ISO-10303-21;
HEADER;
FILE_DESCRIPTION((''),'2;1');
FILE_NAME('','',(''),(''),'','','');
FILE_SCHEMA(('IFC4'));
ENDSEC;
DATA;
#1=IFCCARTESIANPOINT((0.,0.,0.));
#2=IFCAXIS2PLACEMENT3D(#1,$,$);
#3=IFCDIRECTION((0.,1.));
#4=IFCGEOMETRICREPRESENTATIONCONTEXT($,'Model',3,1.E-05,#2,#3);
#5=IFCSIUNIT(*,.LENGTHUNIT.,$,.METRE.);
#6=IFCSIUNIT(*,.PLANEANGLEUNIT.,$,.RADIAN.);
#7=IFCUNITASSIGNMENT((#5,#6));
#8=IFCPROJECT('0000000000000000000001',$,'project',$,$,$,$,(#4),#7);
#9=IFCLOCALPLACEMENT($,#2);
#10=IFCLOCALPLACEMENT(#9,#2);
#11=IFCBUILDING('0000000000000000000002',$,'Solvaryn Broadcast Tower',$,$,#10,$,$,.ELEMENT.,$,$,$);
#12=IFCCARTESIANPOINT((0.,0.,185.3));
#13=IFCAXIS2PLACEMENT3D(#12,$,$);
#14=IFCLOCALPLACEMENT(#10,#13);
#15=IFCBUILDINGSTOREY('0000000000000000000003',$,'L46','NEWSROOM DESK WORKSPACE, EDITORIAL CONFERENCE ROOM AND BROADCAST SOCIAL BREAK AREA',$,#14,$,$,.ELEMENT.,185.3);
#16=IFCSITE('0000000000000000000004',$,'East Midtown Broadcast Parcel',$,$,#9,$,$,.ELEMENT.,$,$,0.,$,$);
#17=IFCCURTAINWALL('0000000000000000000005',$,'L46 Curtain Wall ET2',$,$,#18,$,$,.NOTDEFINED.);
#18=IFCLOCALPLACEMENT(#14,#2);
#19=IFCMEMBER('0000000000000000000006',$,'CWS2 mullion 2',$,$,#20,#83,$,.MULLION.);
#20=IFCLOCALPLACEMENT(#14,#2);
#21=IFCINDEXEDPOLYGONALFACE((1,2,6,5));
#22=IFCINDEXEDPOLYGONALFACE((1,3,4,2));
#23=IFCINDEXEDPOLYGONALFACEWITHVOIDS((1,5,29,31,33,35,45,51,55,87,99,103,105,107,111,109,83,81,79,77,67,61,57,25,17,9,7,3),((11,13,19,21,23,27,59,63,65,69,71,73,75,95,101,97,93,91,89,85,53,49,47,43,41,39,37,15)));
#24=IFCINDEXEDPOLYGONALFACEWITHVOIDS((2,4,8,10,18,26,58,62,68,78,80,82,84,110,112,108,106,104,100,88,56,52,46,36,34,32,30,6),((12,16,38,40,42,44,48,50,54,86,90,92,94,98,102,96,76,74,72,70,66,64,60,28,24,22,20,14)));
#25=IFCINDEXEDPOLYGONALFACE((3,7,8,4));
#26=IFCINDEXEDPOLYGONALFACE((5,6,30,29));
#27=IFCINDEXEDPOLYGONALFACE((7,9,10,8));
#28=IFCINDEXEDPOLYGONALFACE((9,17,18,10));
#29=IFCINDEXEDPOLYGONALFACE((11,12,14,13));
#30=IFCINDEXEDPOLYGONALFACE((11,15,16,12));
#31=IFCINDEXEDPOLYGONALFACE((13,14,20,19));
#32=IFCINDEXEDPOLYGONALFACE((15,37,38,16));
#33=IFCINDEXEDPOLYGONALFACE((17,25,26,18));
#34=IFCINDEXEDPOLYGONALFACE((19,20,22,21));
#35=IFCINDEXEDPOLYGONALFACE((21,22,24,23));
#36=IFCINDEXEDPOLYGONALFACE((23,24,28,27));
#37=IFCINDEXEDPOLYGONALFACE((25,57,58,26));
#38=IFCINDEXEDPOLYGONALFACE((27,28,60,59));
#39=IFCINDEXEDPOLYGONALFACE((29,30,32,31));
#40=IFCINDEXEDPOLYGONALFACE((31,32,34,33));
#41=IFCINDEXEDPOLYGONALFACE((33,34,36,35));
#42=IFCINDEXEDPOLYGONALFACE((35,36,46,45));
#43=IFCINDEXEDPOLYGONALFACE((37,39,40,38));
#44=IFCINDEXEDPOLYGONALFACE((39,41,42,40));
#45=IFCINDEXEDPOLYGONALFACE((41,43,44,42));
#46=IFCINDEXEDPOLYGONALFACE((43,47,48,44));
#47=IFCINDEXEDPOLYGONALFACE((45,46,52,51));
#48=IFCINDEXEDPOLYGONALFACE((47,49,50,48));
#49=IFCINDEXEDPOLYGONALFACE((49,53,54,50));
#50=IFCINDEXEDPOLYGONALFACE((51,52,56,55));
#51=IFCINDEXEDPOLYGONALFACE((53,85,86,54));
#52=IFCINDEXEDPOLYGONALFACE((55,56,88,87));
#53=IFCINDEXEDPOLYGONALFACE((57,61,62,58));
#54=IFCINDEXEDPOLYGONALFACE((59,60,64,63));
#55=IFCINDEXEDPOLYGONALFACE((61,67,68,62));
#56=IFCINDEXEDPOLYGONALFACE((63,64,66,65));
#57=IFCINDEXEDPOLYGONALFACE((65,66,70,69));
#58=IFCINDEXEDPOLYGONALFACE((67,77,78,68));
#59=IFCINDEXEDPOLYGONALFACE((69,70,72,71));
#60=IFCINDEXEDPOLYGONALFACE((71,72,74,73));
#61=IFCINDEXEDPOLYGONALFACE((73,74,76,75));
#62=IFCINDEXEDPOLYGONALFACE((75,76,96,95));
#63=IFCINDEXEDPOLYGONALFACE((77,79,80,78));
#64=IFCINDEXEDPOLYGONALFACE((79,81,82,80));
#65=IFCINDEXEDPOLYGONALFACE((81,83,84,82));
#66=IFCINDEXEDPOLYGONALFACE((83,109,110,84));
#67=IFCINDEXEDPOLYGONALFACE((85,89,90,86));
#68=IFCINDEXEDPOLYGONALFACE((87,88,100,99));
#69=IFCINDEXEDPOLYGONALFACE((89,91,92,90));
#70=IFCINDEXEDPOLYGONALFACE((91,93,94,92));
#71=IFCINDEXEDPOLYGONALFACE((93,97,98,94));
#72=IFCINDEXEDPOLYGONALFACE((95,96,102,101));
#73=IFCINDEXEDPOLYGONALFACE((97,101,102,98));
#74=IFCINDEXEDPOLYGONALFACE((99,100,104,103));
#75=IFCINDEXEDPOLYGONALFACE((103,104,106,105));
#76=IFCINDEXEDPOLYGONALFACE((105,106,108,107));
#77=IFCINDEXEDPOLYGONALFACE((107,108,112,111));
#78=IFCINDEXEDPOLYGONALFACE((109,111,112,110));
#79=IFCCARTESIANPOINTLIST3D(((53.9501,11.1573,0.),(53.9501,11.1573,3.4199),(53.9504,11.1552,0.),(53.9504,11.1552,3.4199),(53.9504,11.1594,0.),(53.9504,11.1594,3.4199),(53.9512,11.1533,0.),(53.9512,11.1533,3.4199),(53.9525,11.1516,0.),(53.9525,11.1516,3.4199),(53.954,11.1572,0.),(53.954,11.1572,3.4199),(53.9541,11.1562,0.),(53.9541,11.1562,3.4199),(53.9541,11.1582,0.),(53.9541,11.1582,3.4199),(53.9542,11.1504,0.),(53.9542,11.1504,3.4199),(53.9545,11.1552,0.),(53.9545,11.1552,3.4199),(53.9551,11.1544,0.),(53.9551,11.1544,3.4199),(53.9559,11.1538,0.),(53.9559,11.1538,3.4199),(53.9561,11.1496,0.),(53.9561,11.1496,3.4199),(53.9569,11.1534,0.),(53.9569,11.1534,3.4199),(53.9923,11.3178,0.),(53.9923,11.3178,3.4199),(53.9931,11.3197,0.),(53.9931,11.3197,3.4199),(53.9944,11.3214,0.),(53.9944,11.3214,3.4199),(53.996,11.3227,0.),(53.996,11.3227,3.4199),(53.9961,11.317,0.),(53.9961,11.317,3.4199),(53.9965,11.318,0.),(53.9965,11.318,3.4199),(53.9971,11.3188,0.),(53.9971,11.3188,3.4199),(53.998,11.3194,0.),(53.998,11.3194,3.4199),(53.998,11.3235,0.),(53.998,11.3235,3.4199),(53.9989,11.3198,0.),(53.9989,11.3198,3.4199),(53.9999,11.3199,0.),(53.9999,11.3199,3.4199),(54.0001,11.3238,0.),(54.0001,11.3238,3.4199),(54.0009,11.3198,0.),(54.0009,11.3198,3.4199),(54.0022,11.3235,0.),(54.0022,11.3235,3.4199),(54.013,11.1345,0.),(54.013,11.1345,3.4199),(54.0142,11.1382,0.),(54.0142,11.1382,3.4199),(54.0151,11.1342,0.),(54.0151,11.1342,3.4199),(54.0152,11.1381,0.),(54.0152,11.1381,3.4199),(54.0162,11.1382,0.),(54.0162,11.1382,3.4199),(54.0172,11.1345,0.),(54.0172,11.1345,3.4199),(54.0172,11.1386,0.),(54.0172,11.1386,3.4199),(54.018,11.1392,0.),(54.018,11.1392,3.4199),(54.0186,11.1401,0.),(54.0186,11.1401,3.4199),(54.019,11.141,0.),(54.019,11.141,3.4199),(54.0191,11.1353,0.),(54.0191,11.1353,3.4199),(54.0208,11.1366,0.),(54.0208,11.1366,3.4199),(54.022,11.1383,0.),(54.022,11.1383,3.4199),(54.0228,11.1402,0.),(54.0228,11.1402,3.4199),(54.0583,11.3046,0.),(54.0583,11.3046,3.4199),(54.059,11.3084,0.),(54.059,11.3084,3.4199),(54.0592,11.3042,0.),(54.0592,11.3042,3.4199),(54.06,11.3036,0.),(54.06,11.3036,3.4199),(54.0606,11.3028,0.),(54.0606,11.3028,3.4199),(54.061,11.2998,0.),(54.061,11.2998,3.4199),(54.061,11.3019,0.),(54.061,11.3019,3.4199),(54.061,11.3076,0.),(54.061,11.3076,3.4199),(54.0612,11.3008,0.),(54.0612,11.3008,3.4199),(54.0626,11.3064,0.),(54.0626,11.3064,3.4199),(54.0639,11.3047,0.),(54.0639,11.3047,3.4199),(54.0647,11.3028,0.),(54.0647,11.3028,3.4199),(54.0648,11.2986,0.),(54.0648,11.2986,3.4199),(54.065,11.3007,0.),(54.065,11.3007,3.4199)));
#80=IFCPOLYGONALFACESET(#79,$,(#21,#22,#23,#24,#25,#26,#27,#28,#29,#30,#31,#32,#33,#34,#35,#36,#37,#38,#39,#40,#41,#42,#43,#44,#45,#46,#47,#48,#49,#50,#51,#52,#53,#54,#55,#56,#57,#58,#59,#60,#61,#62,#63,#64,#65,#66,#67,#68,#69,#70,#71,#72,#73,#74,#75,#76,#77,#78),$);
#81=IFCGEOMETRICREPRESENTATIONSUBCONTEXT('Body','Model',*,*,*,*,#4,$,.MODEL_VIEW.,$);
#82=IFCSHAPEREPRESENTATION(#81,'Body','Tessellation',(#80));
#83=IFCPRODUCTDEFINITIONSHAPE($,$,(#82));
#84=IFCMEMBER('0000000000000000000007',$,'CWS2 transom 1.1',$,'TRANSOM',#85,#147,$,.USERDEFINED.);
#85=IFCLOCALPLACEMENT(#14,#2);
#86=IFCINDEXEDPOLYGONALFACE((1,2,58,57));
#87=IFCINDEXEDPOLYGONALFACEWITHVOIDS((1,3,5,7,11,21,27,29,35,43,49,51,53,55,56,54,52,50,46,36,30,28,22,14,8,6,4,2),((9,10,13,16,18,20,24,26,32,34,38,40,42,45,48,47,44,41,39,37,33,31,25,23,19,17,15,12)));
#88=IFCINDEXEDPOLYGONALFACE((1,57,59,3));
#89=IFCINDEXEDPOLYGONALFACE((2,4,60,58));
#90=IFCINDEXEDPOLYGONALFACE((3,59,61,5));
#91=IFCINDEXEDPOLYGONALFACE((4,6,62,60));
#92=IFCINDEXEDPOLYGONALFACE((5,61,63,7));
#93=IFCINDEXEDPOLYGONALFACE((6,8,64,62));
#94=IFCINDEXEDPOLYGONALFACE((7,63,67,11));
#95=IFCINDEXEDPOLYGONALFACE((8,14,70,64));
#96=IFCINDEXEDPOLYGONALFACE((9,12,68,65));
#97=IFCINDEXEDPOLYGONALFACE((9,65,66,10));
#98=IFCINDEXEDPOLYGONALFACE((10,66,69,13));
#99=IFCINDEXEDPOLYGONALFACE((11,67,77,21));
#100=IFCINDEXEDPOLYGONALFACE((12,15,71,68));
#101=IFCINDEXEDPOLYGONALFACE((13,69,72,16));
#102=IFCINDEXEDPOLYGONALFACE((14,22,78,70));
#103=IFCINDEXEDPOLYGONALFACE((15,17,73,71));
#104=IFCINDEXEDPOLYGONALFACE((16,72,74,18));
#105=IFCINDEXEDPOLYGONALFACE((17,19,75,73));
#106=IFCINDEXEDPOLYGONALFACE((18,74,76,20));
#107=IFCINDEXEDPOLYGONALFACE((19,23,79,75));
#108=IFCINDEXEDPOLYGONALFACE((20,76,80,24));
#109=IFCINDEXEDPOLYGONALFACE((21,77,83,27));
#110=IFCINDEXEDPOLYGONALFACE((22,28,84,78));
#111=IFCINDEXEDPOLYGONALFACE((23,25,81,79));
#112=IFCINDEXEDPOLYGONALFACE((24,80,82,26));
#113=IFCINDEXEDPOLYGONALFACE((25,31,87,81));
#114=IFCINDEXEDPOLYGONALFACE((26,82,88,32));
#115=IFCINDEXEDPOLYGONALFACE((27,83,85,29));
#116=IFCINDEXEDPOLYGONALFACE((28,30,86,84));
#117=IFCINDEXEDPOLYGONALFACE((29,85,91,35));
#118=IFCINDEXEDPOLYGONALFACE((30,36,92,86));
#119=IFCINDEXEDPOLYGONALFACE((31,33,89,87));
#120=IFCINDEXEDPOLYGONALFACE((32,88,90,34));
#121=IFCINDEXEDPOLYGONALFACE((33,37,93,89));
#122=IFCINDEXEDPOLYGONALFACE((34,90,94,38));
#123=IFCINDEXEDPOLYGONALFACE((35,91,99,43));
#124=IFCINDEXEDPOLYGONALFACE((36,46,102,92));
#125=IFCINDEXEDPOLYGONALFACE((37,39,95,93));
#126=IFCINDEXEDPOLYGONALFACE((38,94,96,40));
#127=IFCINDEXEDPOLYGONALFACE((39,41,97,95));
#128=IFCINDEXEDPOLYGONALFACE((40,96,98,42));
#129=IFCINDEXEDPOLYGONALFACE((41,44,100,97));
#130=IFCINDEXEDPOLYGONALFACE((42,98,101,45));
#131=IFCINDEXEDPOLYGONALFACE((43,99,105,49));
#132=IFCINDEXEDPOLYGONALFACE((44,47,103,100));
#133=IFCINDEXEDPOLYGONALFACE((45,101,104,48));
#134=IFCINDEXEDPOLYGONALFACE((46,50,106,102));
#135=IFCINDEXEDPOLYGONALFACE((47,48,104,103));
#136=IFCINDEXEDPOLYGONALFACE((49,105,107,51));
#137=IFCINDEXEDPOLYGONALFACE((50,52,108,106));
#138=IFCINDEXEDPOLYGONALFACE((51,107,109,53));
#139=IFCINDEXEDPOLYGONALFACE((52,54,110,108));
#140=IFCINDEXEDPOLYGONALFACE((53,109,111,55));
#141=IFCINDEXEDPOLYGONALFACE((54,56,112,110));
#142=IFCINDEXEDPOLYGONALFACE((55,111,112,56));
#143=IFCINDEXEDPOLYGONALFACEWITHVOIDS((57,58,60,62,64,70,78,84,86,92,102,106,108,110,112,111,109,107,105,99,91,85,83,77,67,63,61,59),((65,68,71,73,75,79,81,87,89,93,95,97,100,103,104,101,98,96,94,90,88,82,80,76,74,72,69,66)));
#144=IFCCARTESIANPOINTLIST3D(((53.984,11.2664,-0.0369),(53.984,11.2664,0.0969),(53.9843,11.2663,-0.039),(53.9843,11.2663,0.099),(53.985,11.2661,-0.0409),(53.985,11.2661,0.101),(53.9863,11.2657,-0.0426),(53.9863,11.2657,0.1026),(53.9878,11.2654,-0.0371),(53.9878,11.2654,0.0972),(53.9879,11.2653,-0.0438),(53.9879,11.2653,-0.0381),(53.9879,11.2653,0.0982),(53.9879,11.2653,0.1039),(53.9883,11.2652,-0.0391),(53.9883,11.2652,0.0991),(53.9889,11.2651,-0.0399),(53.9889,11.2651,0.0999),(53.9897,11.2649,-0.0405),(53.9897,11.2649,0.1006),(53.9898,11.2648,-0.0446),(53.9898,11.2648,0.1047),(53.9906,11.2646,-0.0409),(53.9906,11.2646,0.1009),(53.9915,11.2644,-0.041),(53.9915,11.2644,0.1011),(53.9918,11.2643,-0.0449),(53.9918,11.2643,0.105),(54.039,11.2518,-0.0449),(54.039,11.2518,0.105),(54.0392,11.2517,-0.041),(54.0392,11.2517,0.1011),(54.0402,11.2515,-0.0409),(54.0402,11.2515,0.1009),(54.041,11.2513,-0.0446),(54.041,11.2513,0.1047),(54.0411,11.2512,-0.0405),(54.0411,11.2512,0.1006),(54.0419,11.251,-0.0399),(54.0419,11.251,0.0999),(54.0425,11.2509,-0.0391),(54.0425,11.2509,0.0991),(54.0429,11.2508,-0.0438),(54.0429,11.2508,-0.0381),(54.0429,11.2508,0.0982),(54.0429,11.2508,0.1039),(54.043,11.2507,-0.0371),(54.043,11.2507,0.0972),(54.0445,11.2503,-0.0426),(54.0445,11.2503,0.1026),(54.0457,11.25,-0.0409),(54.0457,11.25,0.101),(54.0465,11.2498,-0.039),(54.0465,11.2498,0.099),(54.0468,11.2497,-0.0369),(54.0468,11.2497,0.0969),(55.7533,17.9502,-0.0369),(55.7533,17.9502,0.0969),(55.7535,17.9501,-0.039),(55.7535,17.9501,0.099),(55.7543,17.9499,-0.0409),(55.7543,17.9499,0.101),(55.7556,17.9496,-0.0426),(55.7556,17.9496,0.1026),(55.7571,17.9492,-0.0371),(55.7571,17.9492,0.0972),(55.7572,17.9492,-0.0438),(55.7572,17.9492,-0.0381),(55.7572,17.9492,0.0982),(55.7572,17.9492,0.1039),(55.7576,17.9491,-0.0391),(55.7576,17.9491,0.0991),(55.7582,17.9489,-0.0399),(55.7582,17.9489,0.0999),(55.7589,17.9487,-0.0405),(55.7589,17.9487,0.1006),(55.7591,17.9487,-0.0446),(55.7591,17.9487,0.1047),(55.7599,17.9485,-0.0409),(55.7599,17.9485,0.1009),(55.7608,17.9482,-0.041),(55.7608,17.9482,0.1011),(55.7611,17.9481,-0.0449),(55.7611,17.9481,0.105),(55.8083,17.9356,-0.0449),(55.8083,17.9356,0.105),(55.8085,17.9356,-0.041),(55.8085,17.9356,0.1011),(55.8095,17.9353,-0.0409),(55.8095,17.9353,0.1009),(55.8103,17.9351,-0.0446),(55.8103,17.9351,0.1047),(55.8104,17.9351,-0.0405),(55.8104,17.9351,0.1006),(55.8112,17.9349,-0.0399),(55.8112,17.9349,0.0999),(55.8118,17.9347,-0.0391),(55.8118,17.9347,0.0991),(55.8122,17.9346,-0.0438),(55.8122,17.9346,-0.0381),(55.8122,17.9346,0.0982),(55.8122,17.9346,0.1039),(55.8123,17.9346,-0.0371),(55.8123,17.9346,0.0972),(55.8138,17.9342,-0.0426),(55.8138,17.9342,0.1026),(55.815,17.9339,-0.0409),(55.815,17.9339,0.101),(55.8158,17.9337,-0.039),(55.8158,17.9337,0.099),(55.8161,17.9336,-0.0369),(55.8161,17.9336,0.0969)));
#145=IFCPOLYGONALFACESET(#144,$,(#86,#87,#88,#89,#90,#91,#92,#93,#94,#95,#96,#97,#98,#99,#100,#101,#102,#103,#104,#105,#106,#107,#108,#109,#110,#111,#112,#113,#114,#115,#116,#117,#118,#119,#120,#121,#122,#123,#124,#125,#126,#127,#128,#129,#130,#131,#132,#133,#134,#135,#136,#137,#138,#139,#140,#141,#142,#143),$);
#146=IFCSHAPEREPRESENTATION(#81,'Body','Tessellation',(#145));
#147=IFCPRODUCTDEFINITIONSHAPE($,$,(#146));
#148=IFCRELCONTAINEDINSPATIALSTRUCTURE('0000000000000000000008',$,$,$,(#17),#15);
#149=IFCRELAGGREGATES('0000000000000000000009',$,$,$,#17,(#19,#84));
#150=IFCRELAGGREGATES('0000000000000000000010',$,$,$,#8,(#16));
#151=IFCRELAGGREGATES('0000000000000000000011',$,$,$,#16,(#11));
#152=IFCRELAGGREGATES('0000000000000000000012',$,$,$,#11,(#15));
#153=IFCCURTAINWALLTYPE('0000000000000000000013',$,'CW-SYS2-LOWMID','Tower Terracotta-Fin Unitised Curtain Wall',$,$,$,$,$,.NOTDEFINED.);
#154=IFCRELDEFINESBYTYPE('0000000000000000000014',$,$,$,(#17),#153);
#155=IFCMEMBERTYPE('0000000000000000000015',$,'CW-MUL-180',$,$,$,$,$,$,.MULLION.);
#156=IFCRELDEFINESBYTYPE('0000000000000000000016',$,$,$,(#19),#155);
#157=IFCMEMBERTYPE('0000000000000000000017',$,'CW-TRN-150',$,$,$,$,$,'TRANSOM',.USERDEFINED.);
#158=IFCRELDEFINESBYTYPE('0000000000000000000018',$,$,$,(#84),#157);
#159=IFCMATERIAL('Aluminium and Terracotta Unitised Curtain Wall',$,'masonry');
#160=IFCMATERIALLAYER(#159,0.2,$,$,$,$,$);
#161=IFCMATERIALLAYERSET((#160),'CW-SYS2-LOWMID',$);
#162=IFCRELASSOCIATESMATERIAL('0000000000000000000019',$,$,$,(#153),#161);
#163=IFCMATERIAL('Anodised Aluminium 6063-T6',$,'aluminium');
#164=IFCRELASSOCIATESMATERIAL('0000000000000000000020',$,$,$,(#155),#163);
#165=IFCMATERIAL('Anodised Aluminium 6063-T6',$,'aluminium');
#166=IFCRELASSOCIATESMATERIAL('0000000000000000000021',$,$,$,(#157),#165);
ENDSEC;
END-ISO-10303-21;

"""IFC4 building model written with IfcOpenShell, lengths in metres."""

from ifc_helpers import new_model, si_unit, direction, frame, origin, origin_2d, place, context, subcontext, project, spatial, hollow_rectangle, extrude, material, layer, layer_set, material_profile, profile_set, type_object, element, aggregate, save


model = new_model("IFC4")

# Units and contexts
model_context = context("Model", 3, precision=1e-05, world=origin(), true_north=direction((0.0, 1.0)))
body_context = subcontext(model_context, "Body", "Model", "MODEL_VIEW")
ifc_project = project(units=[si_unit("LENGTHUNIT", "METRE"), si_unit("PLANEANGLEUNIT", "RADIAN")], contexts=[model_context])

# Site, building, storey
site_placement = place(None, origin())
site = spatial("IfcSite", under=ifc_project, at=site_placement, Name="East Midtown Broadcast Parcel", CompositionType="ELEMENT", RefElevation=0.0)
building_placement = place(site_placement, origin())
building = spatial("IfcBuilding", under=site, at=building_placement, Name="Solvaryn Broadcast Tower", CompositionType="ELEMENT")
storey_placement = place(building_placement, frame((0.0, 0.0, 185.3)))
storey = spatial("IfcBuildingStorey", under=building, at=storey_placement, Name="L46", Description="NEWSROOM DESK WORKSPACE, EDITORIAL CONFERENCE ROOM AND BROADCAST SOCIAL BREAK AREA", CompositionType="ELEMENT", Elevation=185.3)

# Shared definitions
ifc_material_1 = material(Name="Aluminium and Terracotta Unitised Curtain Wall", Category="masonry")
ifc_layer_1 = layer(ifc_material_1, 0.2)
ifc_layer_set_1 = layer_set([ifc_layer_1], Name="CW-SYS2-LOWMID")
curtain_wall_type = type_object("IfcCurtainWallType", Name="CW-SYS2-LOWMID", Description="Tower Terracotta-Fin Unitised Curtain Wall", PredefinedType="NOTDEFINED", material=ifc_layer_set_1)
ifc_material_2 = material(Name="Anodised Aluminium 6063-T6", Category="aluminium")
ifc_material_profile_1 = material_profile(ifc_material_2, hollow_rectangle(XDim=0.075, YDim=0.1799, WallThickness=0.0039, InnerFilletRadius=0.0039, OuterFilletRadius=0.0081, at=origin_2d()))
ifc_profile_set_1 = profile_set([ifc_material_profile_1], Name="Anodised Aluminium 6063-T6")
member_type_1 = type_object("IfcMemberType", Name="CW-MUL-180", PredefinedType="MULLION", material=ifc_profile_set_1)

# Curtain wall, members
curtain_wall_1_placement = place(storey_placement, origin())
curtain_wall_1 = element("IfcCurtainWall", 1, at=curtain_wall_1_placement, inside=storey, type_object=curtain_wall_type, Name="L46 Curtain Wall ET2", PredefinedType="NOTDEFINED")
member_1_placement = place(storey_placement, frame((54.0076, 11.229, 0.0), z_axis=(0.0, 0.0, 1.0), x_axis=(0.966705, -0.255893, 0.0)))
member_1 = element("IfcMember", 2, at=member_1_placement, type_object=member_type_1, Name="CWS2 mullion 2", PredefinedType="MULLION", context=body_context, shape_type="SweptSolid", body=[
    extrude(hollow_rectangle(XDim=0.075, YDim=0.1799, WallThickness=0.0039, InnerFilletRadius=0.0039, OuterFilletRadius=0.0081, at=origin_2d()), origin(), (0.0, 0.0, 1.0), 3.4199),
])
ifc_material_3 = material(Name="Anodised Aluminium 6063-T6", Category="aluminium")
ifc_material_profile_2 = material_profile(ifc_material_3, hollow_rectangle(XDim=0.0649, YDim=0.1499, WallThickness=0.0039, InnerFilletRadius=0.0039, OuterFilletRadius=0.0081, at=origin_2d()))
ifc_profile_set_2 = profile_set([ifc_material_profile_2], Name="Anodised Aluminium 6063-T6")
member_type_2 = type_object("IfcMemberType", Name="CW-TRN-150", ElementType="TRANSOM", PredefinedType="USERDEFINED", material=ifc_profile_set_2)
member_2_placement = place(storey_placement, frame((55.7847, 17.9419, 0.03), z_axis=(-0.255897, -0.966704, 0.0), x_axis=(0.966704, -0.255897, 0.0)))
member_2 = element("IfcMember", 3, at=member_2_placement, type_object=member_type_2, Name="CWS2 transom 1.1", ObjectType="TRANSOM", PredefinedType="USERDEFINED", context=body_context, shape_type="SweptSolid", body=[
    extrude(hollow_rectangle(XDim=0.0649, YDim=0.1499, WallThickness=0.0039, InnerFilletRadius=0.0039, OuterFilletRadius=0.0081, at=origin_2d()), origin(), (0.0, 0.0, 1.0), 6.9141),
])

aggregate(curtain_wall_1, [member_1, member_2])

save(model, "model.ifc")
